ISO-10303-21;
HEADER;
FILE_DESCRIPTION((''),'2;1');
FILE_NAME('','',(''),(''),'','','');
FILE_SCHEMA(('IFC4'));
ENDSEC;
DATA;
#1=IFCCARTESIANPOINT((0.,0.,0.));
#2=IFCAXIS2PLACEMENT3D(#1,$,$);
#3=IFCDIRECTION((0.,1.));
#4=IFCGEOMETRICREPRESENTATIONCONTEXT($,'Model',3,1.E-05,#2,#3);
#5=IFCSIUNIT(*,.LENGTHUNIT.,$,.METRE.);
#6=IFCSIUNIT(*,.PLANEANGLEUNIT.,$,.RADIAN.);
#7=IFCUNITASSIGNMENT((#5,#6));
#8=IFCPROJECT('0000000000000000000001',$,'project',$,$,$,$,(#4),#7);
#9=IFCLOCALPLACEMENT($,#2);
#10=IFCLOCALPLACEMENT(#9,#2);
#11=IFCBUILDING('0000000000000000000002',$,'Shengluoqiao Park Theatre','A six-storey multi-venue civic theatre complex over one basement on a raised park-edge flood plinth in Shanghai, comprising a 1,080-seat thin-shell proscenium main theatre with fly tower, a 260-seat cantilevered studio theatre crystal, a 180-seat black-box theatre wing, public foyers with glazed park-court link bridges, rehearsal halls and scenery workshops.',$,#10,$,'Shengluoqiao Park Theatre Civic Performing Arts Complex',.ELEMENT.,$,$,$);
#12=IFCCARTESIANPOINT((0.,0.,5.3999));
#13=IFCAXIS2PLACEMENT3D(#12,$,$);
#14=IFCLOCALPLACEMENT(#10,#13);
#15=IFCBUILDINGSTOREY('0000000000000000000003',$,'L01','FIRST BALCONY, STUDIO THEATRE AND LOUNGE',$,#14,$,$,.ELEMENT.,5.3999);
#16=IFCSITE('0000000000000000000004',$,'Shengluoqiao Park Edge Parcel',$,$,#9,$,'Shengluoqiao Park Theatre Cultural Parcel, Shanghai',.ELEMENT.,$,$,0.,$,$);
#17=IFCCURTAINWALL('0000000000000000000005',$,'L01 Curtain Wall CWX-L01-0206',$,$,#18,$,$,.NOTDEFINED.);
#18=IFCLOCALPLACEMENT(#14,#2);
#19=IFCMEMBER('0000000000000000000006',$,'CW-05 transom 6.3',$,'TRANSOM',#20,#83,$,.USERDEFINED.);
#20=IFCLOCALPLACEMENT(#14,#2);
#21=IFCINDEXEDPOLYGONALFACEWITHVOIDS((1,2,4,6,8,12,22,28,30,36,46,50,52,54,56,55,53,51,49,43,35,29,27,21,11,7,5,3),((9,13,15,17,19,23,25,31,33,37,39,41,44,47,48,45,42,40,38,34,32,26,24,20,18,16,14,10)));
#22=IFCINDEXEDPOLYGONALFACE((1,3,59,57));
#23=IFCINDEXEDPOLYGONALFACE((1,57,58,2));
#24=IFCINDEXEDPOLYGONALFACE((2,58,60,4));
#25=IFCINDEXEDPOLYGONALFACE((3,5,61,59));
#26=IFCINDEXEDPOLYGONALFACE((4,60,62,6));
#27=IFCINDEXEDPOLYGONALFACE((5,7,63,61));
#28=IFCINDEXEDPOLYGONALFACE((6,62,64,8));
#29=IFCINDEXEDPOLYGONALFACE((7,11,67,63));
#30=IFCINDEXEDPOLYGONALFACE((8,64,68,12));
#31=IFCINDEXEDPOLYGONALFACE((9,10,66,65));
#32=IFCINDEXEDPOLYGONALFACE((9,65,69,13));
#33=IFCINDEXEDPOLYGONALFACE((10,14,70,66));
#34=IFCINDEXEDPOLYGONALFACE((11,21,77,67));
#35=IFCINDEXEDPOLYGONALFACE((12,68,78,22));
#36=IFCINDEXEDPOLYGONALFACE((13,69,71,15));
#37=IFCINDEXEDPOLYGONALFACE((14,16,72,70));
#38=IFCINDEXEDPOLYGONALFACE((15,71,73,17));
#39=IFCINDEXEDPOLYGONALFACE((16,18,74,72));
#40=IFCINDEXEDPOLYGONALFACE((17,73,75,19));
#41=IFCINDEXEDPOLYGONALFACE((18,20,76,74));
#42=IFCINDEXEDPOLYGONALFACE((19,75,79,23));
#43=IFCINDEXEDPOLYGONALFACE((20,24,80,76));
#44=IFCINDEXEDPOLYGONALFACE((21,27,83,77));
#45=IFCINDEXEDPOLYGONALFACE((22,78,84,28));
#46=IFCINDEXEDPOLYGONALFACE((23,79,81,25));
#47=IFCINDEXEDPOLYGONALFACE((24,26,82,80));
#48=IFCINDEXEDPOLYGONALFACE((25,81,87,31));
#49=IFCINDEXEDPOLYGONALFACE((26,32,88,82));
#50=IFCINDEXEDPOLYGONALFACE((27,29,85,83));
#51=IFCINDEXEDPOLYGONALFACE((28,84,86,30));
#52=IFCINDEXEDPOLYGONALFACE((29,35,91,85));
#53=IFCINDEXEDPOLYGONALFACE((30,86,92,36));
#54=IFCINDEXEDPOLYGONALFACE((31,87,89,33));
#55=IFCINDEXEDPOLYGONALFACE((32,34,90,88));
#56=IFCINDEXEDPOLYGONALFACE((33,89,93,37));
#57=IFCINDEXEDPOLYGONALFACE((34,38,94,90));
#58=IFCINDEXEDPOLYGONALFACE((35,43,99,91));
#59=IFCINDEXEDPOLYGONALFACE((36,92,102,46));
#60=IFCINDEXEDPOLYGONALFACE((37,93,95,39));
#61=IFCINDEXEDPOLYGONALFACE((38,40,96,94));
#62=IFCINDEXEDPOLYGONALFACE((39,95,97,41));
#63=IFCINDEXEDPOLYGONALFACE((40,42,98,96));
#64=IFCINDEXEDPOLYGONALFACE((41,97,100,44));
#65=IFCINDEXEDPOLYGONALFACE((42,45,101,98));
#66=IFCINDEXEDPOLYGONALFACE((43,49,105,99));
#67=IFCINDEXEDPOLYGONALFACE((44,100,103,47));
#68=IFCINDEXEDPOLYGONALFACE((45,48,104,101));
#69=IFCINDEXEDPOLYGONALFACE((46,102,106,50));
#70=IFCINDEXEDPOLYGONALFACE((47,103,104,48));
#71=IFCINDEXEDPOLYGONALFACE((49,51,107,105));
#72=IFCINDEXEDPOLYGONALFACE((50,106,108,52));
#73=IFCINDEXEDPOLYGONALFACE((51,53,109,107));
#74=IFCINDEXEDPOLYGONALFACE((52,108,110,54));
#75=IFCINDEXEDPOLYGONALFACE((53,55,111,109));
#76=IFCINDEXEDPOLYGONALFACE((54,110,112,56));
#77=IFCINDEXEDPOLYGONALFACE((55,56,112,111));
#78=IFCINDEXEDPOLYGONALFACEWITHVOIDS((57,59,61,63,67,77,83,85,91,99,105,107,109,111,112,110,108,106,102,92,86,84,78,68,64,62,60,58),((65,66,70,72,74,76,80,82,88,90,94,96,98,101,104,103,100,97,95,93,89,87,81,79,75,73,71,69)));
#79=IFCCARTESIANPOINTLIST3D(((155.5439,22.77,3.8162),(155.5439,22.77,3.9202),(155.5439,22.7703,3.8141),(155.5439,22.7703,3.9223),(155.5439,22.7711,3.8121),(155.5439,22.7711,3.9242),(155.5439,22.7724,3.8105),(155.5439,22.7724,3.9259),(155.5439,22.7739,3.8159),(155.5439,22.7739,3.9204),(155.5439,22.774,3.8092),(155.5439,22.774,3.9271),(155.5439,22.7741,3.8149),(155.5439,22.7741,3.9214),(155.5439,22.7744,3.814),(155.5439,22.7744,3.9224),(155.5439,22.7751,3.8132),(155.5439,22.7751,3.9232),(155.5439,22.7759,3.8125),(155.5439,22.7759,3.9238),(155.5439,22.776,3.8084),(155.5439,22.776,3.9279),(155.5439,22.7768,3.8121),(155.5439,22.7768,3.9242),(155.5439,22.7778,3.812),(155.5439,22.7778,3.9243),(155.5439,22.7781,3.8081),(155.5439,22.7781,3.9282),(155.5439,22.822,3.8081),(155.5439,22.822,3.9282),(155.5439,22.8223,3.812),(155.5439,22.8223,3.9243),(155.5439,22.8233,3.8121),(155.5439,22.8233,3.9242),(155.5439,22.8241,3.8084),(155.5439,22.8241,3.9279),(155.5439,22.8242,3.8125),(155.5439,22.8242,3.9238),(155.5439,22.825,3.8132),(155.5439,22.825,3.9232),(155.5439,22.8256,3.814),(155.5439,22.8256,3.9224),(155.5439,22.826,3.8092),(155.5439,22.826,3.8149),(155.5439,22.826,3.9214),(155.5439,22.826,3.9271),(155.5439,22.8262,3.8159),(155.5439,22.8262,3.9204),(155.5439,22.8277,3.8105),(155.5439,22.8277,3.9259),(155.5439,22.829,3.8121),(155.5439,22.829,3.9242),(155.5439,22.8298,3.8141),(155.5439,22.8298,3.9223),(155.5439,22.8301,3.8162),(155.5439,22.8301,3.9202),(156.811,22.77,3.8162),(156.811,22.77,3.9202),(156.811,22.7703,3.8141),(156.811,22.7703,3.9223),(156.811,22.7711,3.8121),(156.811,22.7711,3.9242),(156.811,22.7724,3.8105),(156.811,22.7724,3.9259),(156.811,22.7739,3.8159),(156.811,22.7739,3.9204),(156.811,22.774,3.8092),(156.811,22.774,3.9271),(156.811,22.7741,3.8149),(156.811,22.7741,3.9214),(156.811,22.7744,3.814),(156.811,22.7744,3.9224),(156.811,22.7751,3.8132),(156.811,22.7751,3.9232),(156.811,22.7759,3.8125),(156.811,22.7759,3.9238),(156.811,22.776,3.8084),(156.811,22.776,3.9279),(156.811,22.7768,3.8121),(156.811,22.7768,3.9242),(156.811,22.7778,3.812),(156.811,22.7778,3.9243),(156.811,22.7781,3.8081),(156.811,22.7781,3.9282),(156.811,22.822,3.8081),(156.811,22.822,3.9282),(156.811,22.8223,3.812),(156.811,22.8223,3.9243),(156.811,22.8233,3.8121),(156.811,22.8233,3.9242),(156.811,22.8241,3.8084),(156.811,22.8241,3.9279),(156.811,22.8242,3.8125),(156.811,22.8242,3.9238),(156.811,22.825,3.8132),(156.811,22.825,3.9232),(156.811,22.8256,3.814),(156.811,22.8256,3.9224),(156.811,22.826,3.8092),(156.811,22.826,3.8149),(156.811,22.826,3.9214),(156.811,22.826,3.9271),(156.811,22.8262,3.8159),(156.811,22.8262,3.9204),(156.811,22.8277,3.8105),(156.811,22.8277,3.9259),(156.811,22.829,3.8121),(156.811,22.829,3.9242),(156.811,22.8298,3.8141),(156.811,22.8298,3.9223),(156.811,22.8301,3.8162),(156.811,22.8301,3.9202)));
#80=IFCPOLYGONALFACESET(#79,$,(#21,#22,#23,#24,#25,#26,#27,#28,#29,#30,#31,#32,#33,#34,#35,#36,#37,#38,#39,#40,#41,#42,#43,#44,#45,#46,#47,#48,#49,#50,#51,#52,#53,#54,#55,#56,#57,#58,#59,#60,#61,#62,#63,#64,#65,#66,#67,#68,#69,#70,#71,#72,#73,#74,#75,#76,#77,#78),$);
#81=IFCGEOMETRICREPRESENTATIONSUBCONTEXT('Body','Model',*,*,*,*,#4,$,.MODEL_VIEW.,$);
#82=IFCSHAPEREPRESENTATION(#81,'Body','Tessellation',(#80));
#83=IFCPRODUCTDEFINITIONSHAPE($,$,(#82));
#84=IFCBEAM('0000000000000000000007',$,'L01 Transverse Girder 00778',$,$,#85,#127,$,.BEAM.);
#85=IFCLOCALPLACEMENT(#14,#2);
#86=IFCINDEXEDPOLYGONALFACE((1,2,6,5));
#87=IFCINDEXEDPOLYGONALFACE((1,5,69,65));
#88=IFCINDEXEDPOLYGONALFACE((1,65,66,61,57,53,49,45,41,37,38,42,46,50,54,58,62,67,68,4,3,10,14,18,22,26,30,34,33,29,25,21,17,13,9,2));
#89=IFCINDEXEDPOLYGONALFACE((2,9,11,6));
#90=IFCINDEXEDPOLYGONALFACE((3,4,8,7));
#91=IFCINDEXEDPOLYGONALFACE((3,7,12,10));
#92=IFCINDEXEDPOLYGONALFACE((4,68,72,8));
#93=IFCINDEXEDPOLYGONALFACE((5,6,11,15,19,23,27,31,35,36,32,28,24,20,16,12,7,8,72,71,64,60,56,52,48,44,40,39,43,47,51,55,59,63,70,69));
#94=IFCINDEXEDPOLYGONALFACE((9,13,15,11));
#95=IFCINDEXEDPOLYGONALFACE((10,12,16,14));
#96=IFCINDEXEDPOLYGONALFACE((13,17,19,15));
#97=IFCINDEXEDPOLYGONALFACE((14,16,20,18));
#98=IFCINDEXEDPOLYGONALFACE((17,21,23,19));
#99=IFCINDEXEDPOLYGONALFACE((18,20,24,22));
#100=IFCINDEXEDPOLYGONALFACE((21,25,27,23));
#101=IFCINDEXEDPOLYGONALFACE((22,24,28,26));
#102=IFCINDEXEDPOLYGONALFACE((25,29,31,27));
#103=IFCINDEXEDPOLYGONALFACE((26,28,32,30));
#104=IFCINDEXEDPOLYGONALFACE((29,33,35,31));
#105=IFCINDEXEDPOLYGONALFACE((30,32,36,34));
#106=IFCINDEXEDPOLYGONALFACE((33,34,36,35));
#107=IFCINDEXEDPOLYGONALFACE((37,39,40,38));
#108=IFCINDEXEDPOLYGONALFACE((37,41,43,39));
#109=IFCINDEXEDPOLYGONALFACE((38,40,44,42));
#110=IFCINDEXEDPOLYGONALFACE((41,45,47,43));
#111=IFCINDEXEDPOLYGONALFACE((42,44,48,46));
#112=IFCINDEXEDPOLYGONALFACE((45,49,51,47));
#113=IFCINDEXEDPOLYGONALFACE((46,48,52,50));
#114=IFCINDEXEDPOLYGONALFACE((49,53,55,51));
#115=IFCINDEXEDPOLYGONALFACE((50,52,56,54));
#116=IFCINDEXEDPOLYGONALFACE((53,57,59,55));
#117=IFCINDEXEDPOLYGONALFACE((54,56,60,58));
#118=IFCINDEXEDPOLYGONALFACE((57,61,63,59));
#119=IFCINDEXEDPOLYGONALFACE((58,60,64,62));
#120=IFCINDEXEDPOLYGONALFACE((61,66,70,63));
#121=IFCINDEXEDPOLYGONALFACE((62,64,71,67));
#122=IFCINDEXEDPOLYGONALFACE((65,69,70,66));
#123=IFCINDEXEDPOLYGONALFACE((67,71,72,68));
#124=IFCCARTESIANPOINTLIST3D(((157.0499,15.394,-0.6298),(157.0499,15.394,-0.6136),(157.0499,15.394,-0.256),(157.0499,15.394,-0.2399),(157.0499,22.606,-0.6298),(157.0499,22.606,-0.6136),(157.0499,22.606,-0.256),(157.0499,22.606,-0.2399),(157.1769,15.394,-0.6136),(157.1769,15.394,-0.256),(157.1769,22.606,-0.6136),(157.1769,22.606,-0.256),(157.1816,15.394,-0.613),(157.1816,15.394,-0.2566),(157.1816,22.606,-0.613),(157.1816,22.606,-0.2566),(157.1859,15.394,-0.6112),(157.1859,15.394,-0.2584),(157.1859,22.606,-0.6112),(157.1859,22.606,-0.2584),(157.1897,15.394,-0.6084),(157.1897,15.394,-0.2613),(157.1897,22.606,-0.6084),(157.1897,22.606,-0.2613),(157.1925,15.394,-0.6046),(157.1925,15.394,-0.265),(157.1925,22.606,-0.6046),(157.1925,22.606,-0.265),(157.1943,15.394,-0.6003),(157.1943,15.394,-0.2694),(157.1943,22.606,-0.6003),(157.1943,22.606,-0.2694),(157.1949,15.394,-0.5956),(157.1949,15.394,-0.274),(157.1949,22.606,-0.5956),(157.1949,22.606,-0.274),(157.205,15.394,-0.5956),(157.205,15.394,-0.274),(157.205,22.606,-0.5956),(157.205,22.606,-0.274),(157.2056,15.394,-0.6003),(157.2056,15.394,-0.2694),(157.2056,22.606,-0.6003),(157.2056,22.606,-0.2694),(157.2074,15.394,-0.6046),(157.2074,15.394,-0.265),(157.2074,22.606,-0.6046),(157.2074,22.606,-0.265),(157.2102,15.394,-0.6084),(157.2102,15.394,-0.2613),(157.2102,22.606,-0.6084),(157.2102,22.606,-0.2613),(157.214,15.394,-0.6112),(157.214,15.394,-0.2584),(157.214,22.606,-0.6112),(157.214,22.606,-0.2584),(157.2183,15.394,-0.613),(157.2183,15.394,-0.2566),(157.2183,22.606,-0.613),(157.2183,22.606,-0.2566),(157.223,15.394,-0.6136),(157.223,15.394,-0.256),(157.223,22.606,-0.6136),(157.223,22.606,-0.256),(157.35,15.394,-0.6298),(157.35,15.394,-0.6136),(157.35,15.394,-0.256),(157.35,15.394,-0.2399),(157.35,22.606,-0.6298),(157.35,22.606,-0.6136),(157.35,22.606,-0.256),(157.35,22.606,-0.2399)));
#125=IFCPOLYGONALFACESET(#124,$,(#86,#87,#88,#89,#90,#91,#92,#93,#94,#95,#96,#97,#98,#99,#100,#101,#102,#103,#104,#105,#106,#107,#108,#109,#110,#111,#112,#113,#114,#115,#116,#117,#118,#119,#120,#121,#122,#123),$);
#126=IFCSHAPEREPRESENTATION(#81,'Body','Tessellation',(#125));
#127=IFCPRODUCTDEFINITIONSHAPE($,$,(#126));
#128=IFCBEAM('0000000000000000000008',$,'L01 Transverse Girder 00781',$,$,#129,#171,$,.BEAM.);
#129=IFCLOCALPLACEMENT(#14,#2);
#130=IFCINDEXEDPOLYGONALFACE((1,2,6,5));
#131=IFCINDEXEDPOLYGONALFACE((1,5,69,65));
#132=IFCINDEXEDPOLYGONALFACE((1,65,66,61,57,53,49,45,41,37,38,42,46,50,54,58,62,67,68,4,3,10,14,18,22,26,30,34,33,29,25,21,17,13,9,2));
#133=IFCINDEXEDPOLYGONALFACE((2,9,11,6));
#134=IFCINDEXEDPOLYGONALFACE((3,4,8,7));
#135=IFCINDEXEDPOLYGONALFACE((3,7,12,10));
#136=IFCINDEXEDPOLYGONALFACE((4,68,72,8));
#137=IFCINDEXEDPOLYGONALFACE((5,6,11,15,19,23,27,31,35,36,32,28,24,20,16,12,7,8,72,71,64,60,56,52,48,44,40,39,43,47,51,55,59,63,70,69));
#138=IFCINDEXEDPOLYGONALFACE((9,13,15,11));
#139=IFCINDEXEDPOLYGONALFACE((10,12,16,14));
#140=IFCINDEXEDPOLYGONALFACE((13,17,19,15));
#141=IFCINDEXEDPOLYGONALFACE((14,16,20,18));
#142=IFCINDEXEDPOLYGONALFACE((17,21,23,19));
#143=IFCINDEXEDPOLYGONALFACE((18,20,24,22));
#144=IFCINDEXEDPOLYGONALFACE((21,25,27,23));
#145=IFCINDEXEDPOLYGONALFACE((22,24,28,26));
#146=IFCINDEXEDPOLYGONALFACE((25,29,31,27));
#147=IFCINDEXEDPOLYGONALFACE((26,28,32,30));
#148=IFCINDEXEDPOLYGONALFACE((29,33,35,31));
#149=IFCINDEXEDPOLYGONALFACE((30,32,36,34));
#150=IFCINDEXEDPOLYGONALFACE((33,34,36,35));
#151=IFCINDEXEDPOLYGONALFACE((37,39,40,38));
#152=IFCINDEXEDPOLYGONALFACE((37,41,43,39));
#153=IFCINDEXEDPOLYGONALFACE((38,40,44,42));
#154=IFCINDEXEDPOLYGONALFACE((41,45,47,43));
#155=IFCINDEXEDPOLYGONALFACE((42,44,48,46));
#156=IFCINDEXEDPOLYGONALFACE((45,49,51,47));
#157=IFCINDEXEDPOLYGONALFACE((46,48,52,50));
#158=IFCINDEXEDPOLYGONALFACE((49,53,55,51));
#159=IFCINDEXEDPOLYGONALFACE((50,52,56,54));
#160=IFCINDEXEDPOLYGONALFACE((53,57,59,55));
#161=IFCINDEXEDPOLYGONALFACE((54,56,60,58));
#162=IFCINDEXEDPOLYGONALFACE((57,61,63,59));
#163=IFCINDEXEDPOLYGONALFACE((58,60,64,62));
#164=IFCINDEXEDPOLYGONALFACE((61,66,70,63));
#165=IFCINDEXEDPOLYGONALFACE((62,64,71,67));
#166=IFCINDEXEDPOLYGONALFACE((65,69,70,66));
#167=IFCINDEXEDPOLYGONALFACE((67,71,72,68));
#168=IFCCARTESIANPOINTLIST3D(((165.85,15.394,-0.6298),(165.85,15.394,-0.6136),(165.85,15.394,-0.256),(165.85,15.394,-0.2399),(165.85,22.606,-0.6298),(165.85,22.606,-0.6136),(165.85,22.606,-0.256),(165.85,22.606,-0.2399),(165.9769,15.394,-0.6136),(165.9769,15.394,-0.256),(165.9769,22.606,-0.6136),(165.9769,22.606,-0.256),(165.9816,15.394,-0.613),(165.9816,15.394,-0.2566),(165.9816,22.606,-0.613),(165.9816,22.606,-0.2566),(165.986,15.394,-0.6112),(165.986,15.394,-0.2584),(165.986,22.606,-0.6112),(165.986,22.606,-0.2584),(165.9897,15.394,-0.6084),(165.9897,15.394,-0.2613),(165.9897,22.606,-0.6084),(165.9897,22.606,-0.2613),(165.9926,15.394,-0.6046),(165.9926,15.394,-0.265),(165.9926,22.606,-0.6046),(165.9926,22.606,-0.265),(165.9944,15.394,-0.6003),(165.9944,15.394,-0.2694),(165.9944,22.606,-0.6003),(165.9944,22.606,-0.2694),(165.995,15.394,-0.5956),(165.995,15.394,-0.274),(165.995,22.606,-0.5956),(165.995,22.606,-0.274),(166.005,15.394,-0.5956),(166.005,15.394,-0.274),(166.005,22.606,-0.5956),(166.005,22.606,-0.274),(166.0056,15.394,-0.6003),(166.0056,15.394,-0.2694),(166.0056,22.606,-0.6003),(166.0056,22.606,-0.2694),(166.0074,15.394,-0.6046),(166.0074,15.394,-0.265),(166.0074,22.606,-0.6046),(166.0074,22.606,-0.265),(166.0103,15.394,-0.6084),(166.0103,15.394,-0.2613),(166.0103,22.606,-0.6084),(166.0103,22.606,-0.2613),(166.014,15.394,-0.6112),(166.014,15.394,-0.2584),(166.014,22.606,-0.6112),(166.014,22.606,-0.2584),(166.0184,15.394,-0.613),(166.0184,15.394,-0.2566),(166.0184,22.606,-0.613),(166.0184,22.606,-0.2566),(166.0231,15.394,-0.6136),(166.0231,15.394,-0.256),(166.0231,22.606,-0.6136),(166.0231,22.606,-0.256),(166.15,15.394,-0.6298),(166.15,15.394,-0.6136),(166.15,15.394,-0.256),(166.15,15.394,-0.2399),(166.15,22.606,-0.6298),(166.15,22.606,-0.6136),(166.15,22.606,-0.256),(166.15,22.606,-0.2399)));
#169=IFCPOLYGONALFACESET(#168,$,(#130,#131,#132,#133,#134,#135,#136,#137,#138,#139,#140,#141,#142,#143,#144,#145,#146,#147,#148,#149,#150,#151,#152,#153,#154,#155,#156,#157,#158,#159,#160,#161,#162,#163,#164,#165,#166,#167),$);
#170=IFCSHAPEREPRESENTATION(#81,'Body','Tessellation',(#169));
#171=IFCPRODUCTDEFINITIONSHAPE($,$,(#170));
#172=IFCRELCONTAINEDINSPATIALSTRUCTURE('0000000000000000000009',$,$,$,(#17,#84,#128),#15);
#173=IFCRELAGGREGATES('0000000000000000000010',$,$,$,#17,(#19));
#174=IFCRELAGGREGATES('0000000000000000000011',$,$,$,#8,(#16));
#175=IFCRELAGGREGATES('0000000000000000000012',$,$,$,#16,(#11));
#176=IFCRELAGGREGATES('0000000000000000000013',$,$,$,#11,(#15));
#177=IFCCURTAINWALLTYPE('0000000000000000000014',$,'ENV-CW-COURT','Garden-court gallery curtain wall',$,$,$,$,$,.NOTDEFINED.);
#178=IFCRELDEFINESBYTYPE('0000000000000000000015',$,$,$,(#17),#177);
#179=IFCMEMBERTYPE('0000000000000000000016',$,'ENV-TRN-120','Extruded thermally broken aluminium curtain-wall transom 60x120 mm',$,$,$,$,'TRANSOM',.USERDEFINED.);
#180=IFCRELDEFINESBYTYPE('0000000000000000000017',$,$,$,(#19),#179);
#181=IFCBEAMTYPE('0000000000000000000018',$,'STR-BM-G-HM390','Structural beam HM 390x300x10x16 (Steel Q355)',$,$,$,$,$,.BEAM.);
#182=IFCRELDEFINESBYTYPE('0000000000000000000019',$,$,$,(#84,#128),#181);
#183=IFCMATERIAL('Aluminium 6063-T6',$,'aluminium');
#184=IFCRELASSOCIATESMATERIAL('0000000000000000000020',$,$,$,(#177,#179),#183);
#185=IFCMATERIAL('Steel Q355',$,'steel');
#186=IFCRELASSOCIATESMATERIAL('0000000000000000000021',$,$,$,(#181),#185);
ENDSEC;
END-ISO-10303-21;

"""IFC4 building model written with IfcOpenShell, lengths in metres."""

from ifc_helpers import new_model, si_unit, direction, frame, origin, origin_2d, place, context, subcontext, project, spatial, hollow_rectangle, i_section, extrude, material, material_profile, profile_set, type_object, element, aggregate, save


model = new_model("IFC4")

# Units and contexts
model_context = context("Model", 3, precision=1e-05, world=origin(), true_north=direction((0.0, 1.0)))
body_context = subcontext(model_context, "Body", "Model", "MODEL_VIEW")
ifc_project = project(units=[si_unit("LENGTHUNIT", "METRE"), si_unit("PLANEANGLEUNIT", "RADIAN")], contexts=[model_context])

# Site, building, storey
site_placement = place(None, origin())
site = spatial("IfcSite", under=ifc_project, at=site_placement, Name="Shengluoqiao Park Edge Parcel", LongName="Shengluoqiao Park Theatre Cultural Parcel, Shanghai", CompositionType="ELEMENT", RefElevation=0.0)
building_placement = place(site_placement, origin())
building = spatial("IfcBuilding", under=site, at=building_placement, Name="Shengluoqiao Park Theatre", Description="A six-storey multi-venue civic theatre complex over one basement on a raised park-edge flood plinth in Shanghai, comprising a 1,080-seat thin-shell proscenium main theatre with fly tower, a 260-seat cantilevered studio theatre crystal, a 180-seat black-box theatre wing, public foyers with glazed park-court link bridges, rehearsal halls and scenery workshops.", LongName="Shengluoqiao Park Theatre Civic Performing Arts Complex", CompositionType="ELEMENT")
storey_placement = place(building_placement, frame((0.0, 0.0, 5.3999)))
storey = spatial("IfcBuildingStorey", under=building, at=storey_placement, Name="L01", Description="FIRST BALCONY, STUDIO THEATRE AND LOUNGE", CompositionType="ELEMENT", Elevation=5.3999)

# Curtain wall, member
ifc_material_1 = material(Name="Aluminium 6063-T6", Category="aluminium")
curtain_wall_type = type_object("IfcCurtainWallType", Name="ENV-CW-COURT", Description="Garden-court gallery curtain wall", PredefinedType="NOTDEFINED", material=ifc_material_1)
curtain_wall_placement = place(storey_placement, origin())
curtain_wall = element("IfcCurtainWall", 1, at=curtain_wall_placement, inside=storey, type_object=curtain_wall_type, Name="L01 Curtain Wall CWX-L01-0206", PredefinedType="NOTDEFINED")
ifc_material_profile_1 = material_profile(ifc_material_1, hollow_rectangle(XDim=0.0601, YDim=0.1201, WallThickness=0.0039, InnerFilletRadius=0.0039, OuterFilletRadius=0.0081, at=origin_2d()), Name="ALU TRANSOM 120x60x4")
ifc_profile_set_1 = profile_set([ifc_material_profile_1], Name="Aluminium 6063-T6")
member_type_1 = type_object("IfcMemberType", Name="ENV-TRN-120", Description="Extruded thermally broken aluminium curtain-wall transom 60x120 mm", ElementType="TRANSOM", PredefinedType="USERDEFINED", material=ifc_profile_set_1)
member_1_placement = place(storey_placement, frame((155.5439, 22.8, 3.8682), z_axis=(1.0, 0.0, 0.0), x_axis=(0.0, 1.0, 0.0)))
member_1 = element("IfcMember", 2, at=member_1_placement, type_object=member_type_1, Name="CW-05 transom 6.3", ObjectType="TRANSOM", PredefinedType="USERDEFINED", context=body_context, shape_type="SweptSolid", body=[
    extrude(hollow_rectangle(XDim=0.0601, YDim=0.1201, WallThickness=0.0039, InnerFilletRadius=0.0039, OuterFilletRadius=0.0081, at=origin_2d()), origin(), (0.0, 0.0, 1.0), 1.2671),
])

# Beams
ifc_material_2 = material(Name="Steel Q355", Category="steel")
ifc_material_profile_2 = material_profile(ifc_material_2, i_section(OverallWidth=0.3, OverallDepth=0.3899, WebThickness=0.01, FlangeThickness=0.0161, FilletRadius=0.0181, at=origin_2d()), Name="HM 390x300x10x16")
ifc_profile_set_2 = profile_set([ifc_material_profile_2], Name="Steel Q355")
beam_type_1 = type_object("IfcBeamType", Name="STR-BM-G-HM390", Description="Structural beam HM 390x300x10x16 (Steel Q355)", PredefinedType="BEAM", material=ifc_profile_set_2)
for number, where, z_axis, x_axis, name in (
    (3, (157.2, 15.394, -0.4348), (0.0, 1.0, 0.0), (-1.0, 0.0, 0.0), "L01 Transverse Girder 00778"),
    (4, (166.0, 15.394, -0.4348), (0.0, 1.0, 0.0), (-1.0, 0.0, 0.0), "L01 Transverse Girder 00781"),
):
    element("IfcBeam", number, at=place(storey_placement, frame(where, z_axis=z_axis, x_axis=x_axis)), inside=storey, type_object=beam_type_1, Name=name, PredefinedType="BEAM", context=body_context, shape_type="SweptSolid", body=[
        extrude(i_section(OverallWidth=0.3, OverallDepth=0.3899, WebThickness=0.01, FlangeThickness=0.0161, FilletRadius=0.0181, at=origin_2d()), origin(), (0.0, 0.0, 1.0), 7.2119),
    ])

aggregate(curtain_wall, [member_1])

save(model, "model.ifc")
